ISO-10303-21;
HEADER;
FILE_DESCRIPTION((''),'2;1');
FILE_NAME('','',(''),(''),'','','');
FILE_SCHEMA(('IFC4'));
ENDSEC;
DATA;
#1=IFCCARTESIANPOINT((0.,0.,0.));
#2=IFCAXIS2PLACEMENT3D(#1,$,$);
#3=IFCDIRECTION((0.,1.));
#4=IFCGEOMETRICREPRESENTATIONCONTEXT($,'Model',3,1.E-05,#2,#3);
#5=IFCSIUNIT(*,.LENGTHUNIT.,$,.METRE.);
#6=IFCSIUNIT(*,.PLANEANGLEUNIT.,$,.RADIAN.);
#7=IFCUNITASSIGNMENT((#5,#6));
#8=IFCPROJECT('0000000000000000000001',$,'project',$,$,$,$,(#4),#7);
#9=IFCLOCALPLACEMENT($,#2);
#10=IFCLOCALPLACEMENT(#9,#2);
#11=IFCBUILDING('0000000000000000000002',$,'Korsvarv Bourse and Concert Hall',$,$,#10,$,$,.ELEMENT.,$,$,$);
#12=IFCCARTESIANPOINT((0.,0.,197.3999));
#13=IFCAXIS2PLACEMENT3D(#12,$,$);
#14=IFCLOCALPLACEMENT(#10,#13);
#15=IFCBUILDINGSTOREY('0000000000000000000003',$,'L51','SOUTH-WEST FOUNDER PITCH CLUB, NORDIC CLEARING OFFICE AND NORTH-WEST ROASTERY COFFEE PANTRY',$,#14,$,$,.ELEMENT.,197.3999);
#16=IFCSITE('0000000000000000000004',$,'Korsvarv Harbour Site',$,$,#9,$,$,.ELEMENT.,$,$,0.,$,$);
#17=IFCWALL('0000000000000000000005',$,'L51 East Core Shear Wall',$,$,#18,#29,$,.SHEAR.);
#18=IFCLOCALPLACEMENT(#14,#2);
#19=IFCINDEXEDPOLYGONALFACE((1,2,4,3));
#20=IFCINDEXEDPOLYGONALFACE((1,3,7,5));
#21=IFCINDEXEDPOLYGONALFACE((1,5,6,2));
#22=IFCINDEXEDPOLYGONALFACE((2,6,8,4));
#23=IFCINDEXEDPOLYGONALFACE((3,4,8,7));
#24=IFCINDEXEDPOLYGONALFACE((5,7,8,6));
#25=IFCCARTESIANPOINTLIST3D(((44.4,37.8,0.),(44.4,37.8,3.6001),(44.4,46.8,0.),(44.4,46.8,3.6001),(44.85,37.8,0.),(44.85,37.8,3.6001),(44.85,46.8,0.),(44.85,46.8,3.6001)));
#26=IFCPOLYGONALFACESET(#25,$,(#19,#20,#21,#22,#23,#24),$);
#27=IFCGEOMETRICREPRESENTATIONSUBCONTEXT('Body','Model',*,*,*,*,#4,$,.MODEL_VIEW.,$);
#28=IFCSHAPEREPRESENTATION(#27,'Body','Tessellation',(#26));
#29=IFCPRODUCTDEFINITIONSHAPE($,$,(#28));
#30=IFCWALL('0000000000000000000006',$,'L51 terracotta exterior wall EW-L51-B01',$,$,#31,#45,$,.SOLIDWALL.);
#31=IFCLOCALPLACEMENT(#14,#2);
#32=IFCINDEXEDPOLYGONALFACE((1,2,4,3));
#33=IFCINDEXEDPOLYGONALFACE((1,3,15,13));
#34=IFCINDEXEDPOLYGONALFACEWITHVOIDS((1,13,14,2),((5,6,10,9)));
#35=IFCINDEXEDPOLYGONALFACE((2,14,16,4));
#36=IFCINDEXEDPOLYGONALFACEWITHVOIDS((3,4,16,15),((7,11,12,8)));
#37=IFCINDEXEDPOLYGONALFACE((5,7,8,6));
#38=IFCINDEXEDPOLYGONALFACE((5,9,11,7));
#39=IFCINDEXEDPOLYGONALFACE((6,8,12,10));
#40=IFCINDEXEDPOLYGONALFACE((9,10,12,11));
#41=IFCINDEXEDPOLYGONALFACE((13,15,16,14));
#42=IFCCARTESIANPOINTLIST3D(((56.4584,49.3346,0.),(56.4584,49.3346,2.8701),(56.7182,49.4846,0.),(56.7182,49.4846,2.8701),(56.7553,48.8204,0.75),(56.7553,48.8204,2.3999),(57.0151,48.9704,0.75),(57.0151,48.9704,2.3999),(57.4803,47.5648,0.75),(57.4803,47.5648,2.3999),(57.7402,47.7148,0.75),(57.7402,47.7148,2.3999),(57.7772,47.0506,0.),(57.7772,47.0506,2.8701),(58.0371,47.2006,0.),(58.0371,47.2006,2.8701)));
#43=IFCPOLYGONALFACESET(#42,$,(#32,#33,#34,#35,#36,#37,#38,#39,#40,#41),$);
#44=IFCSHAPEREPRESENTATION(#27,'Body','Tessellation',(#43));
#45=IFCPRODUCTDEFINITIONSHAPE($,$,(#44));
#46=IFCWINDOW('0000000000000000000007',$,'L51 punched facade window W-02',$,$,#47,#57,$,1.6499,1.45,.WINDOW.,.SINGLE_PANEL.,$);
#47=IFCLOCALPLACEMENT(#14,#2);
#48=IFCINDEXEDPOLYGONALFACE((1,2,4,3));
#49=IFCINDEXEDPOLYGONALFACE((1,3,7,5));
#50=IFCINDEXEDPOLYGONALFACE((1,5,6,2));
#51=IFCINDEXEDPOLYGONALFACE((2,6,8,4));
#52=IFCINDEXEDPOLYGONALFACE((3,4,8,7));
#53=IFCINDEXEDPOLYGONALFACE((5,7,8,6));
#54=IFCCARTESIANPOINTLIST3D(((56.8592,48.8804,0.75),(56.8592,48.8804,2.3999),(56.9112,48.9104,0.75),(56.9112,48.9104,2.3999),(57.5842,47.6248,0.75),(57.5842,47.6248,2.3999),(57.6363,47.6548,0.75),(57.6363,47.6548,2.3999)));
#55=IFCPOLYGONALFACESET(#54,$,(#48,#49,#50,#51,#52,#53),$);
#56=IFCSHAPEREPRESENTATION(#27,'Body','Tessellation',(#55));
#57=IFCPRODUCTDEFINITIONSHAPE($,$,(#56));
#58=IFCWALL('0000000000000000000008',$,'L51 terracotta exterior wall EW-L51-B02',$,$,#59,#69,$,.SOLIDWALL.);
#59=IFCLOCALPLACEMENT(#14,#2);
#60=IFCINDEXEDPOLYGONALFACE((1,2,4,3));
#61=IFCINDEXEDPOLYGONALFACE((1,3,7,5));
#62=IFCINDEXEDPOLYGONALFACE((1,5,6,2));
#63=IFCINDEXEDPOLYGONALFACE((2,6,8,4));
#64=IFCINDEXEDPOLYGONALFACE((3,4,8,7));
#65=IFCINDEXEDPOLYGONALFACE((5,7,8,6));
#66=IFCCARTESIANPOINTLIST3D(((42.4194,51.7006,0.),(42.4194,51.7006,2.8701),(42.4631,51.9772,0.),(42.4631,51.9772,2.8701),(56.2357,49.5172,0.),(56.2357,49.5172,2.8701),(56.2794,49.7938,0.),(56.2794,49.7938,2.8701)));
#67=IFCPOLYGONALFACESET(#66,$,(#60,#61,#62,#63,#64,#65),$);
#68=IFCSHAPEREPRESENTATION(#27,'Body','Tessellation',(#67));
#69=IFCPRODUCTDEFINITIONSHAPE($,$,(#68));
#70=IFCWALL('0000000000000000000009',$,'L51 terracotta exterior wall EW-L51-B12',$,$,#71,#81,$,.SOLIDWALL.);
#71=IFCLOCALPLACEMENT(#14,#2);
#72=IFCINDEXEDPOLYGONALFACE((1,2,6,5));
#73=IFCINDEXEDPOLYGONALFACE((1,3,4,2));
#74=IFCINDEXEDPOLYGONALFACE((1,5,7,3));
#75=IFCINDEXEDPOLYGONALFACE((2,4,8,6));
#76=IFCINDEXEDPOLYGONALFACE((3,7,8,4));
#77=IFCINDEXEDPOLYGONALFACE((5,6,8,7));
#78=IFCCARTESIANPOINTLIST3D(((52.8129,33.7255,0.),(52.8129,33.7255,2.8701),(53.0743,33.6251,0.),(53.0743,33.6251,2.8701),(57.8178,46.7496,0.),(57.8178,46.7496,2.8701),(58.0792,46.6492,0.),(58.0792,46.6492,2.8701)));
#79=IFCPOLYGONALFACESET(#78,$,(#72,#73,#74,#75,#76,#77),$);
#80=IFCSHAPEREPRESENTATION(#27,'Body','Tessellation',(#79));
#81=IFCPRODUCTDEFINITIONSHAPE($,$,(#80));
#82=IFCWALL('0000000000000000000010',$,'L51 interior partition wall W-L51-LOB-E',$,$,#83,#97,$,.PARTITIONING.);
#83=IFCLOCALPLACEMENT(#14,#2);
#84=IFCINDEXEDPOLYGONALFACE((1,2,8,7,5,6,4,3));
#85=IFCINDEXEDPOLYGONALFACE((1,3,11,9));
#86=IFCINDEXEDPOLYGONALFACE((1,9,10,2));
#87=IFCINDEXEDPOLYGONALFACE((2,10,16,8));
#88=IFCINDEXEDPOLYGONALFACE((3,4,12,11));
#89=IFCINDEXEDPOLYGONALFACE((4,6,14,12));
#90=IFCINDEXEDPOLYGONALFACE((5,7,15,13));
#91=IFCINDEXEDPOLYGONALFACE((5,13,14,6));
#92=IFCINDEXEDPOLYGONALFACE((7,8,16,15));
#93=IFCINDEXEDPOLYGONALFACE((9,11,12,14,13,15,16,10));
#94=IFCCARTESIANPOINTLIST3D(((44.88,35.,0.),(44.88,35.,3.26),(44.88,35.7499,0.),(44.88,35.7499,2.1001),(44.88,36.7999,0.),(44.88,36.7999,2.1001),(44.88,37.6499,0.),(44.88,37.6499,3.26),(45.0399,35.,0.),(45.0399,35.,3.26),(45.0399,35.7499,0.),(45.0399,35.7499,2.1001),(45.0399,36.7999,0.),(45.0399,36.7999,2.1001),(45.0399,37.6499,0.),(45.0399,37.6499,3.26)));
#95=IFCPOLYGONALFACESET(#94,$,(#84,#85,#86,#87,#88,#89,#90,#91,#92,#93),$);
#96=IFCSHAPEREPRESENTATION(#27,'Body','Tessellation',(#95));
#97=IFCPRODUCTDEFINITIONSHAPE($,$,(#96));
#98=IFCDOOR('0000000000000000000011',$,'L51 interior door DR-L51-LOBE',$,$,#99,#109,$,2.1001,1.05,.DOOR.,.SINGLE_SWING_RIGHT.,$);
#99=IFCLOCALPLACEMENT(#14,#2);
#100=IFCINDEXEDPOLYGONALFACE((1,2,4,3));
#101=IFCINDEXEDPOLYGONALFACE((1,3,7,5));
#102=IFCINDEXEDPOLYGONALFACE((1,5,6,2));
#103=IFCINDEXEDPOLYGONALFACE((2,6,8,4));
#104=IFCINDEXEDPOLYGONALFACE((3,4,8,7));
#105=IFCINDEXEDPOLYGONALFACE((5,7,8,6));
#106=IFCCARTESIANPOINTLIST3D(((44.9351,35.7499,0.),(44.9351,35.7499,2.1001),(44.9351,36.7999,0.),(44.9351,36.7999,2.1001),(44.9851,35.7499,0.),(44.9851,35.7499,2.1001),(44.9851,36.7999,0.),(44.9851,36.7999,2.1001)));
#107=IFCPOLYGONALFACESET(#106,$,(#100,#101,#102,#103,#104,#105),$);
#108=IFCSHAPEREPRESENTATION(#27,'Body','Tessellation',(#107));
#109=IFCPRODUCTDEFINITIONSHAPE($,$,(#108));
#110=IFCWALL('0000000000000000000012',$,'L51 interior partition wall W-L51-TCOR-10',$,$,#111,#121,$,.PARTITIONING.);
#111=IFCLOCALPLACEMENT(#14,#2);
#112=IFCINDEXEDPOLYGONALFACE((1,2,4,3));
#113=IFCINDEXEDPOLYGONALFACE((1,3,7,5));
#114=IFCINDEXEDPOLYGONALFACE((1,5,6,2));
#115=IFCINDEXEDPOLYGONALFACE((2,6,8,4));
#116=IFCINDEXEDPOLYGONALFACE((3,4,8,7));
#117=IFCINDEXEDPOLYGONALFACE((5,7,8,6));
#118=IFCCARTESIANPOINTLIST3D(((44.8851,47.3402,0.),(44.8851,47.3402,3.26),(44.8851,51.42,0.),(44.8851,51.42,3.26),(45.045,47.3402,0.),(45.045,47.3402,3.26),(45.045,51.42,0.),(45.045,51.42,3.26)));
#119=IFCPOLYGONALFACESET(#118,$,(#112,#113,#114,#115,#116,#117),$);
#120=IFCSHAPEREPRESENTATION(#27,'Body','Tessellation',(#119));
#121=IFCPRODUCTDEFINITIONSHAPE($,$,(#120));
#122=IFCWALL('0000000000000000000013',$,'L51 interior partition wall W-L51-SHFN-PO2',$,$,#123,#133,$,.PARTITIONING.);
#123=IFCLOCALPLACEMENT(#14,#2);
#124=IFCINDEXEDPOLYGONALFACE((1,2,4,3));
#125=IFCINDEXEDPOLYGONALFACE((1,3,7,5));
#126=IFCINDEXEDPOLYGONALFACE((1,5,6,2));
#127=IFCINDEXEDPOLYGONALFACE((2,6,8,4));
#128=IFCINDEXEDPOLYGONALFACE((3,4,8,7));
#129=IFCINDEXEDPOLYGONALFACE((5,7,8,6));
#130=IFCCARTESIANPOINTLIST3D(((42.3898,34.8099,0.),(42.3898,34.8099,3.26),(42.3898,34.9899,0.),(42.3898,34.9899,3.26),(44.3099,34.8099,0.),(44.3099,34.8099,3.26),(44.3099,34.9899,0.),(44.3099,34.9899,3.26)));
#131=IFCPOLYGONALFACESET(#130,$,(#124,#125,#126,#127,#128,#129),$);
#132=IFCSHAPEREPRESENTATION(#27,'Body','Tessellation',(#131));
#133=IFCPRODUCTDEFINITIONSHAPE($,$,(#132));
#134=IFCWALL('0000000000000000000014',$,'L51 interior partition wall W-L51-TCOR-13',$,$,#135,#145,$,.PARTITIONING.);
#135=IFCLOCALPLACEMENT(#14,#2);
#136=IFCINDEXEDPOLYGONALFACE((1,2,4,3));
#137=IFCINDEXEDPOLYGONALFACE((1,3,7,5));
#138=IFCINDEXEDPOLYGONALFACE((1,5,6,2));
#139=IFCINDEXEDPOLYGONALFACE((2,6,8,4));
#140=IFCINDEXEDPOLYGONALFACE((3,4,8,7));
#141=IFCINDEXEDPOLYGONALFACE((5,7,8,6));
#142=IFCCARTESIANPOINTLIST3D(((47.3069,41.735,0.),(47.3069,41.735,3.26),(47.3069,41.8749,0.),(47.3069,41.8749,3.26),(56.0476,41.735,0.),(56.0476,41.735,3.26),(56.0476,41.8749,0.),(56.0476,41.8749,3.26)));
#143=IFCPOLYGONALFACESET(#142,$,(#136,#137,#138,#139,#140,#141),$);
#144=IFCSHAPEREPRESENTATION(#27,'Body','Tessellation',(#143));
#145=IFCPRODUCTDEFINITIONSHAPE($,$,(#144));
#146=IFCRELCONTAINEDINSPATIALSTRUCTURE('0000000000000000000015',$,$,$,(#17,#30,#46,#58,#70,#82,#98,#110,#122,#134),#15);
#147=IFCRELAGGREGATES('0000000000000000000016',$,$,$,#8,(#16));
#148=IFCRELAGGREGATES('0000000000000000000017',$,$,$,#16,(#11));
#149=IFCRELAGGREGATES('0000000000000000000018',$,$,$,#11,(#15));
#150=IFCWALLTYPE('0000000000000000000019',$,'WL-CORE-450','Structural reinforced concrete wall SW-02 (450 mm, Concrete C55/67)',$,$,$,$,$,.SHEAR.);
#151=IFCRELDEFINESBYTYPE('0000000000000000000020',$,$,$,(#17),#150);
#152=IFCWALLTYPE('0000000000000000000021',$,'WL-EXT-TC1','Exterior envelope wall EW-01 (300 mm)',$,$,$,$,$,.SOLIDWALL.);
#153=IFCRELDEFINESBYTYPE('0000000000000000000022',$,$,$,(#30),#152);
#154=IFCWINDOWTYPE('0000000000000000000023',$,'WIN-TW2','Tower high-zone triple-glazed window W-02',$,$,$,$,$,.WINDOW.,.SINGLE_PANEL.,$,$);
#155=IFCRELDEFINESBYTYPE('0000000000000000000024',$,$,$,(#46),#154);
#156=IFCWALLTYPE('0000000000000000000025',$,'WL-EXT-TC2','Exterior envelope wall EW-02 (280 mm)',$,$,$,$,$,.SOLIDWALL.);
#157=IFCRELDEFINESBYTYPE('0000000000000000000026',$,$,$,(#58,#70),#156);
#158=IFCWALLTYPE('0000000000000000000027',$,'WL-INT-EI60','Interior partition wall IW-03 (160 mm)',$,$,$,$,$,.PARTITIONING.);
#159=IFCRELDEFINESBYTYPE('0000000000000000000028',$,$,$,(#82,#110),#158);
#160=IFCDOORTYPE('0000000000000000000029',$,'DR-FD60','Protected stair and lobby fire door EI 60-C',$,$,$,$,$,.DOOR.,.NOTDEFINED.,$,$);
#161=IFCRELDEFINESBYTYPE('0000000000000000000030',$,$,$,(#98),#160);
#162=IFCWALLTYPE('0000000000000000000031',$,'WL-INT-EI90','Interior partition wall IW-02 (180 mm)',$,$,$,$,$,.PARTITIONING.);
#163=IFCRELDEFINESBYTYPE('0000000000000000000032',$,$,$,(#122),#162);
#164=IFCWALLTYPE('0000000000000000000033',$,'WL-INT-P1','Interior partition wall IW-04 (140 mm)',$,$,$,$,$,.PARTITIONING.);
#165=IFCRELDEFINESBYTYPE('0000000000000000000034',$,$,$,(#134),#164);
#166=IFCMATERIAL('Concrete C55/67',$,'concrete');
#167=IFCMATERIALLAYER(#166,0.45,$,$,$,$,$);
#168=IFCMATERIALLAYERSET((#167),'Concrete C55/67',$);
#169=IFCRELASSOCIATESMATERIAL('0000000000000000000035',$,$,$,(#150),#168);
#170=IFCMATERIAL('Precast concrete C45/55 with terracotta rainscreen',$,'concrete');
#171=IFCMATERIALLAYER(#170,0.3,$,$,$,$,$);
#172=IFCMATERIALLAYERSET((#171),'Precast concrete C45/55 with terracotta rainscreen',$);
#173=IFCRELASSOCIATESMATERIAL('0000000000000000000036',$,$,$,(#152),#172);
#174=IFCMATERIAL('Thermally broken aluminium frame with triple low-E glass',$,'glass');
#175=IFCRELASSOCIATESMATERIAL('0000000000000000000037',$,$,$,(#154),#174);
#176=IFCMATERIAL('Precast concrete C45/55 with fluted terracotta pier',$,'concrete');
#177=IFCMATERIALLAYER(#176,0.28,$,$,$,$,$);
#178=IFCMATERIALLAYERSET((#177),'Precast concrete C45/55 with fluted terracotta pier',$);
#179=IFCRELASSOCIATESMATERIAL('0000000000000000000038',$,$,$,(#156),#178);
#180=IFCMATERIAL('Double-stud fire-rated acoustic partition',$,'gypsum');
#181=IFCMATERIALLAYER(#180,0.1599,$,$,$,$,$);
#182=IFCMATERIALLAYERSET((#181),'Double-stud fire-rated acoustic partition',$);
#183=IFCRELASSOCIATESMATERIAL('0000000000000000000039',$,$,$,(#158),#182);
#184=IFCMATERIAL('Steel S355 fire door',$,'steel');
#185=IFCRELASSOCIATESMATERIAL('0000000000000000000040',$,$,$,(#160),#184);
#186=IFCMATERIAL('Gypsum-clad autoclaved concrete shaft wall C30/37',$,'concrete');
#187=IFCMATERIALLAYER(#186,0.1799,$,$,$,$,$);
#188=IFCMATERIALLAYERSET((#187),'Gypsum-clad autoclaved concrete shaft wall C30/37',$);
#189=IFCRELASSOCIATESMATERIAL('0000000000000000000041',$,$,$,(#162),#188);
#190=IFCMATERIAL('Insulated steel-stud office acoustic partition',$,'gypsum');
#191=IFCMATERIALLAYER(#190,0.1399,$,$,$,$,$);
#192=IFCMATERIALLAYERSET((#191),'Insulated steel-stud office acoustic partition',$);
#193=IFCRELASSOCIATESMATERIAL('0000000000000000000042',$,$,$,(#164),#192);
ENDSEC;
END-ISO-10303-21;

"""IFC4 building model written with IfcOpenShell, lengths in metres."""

from ifc_helpers import new_model, si_unit, direction, frame, frame_2d, origin, place, context, subcontext, project, spatial, rectangle, extrude, material, layer, layer_set, type_object, element, fill, save


model = new_model("IFC4")

# Units and contexts
model_context = context("Model", 3, precision=1e-05, world=origin(), true_north=direction((0.0, 1.0)))
body_context = subcontext(model_context, "Body", "Model", "MODEL_VIEW")
ifc_project = project(units=[si_unit("LENGTHUNIT", "METRE"), si_unit("PLANEANGLEUNIT", "RADIAN")], contexts=[model_context])

# Site, building, storey
site_placement = place(None, origin())
site = spatial("IfcSite", under=ifc_project, at=site_placement, Name="Korsvarv Harbour Site", CompositionType="ELEMENT", RefElevation=0.0)
building_placement = place(site_placement, origin())
building = spatial("IfcBuilding", under=site, at=building_placement, Name="Korsvarv Bourse and Concert Hall", CompositionType="ELEMENT")
storey_placement = place(building_placement, frame((0.0, 0.0, 197.3999)))
storey = spatial("IfcBuildingStorey", under=building, at=storey_placement, Name="L51", Description="SOUTH-WEST FOUNDER PITCH CLUB, NORDIC CLEARING OFFICE AND NORTH-WEST ROASTERY COFFEE PANTRY", CompositionType="ELEMENT", Elevation=197.3999)

# Shared definitions
ifc_material_1 = material(Name="Concrete C55/67", Category="concrete")

# Wall
ifc_layer_1 = layer(ifc_material_1, 0.45)
ifc_layer_set_1 = layer_set([ifc_layer_1], Name="Concrete C55/67")
wall_type_1 = type_object("IfcWallType", Name="WL-CORE-450", Description="Structural reinforced concrete wall SW-02 (450 mm, Concrete C55/67)", PredefinedType="SHEAR", material=ifc_layer_set_1)
wall_1_placement = place(storey_placement, frame((44.625, 37.8, 0.0), z_axis=(0.0, 0.0, 1.0), x_axis=(0.0, 1.0, 0.0)))
element("IfcWall", 1, at=wall_1_placement, inside=storey, type_object=wall_type_1, Name="L51 East Core Shear Wall", PredefinedType="SHEAR", context=body_context, shape_type="SweptSolid", body=[
    extrude(rectangle(XDim=9.0, YDim=0.45, at=frame_2d((4.5, 0.0))), origin(), (0.0, 0.0, 1.0), 3.6001),
])

# Wall, opening, window
ifc_material_2 = material(Name="Precast concrete C45/55 with terracotta rainscreen", Category="concrete")
ifc_layer_2 = layer(ifc_material_2, 0.3)
ifc_layer_set_2 = layer_set([ifc_layer_2], Name="Precast concrete C45/55 with terracotta rainscreen")
wall_type_2 = type_object("IfcWallType", Name="WL-EXT-TC1", Description="Exterior envelope wall EW-01 (300 mm)", PredefinedType="SOLIDWALL", material=ifc_layer_set_2)
wall_2_placement = place(storey_placement, frame((57.9072, 47.1255, 0.0), z_axis=(0.0, 0.0, 1.0), x_axis=(-0.500062, 0.86599, 0.0)))
wall_2 = element("IfcWall", 2, at=wall_2_placement, inside=storey, type_object=wall_type_2, Name="L51 terracotta exterior wall EW-L51-B01", PredefinedType="SOLIDWALL", context=body_context, shape_type="SweptSolid", body=[
    extrude(rectangle(XDim=2.6375, YDim=0.3, at=frame_2d((1.3188, 0.0))), origin(), (0.0, 0.0, 1.0), 2.8701),
])
opening_1_placement = place(wall_2_placement, frame((0.5938, 0.0, 0.75)))
opening_1 = element("IfcOpeningElement", 3, at=opening_1_placement, cuts=wall_2, PredefinedType="OPENING", context=body_context, shape_type="SweptSolid", body=[
    extrude(rectangle(XDim=1.45, YDim=1.6499, at=frame_2d((0.7251, 0.825))), frame((0.0, 0.1602, 0.0), z_axis=(0.0, -1.0, 0.0), x_axis=(1.0, 0.0, 0.0)), (0.0, 0.0, 1.0), 0.3201),
])
ifc_material_3 = material(Name="Thermally broken aluminium frame with triple low-E glass", Category="glass")
window_type = type_object("IfcWindowType", Name="WIN-TW2", Description="Tower high-zone triple-glazed window W-02", PartitioningType="SINGLE_PANEL", PredefinedType="WINDOW", material=ifc_material_3)
window_placement = place(opening_1_placement, origin())
window = element("IfcWindow", 4, at=window_placement, inside=storey, type_object=window_type, Name="L51 punched facade window W-02", OverallHeight=1.6499, OverallWidth=1.45, PartitioningType="SINGLE_PANEL", PredefinedType="WINDOW", context=body_context, shape_type="SweptSolid", body=[
    extrude(rectangle(XDim=1.45, YDim=1.6499, at=frame_2d((0.7251, 0.825))), frame((0.0, 0.03, 0.0), z_axis=(0.0, -1.0, 0.0), x_axis=(1.0, 0.0, 0.0)), (0.0, 0.0, 1.0), 0.0601),
])
fill(opening_1, window)

# Walls
ifc_material_4 = material(Name="Precast concrete C45/55 with fluted terracotta pier", Category="concrete")
ifc_layer_3 = layer(ifc_material_4, 0.28)
ifc_layer_set_3 = layer_set([ifc_layer_3], Name="Precast concrete C45/55 with fluted terracotta pier")
wall_type_3 = type_object("IfcWallType", Name="WL-EXT-TC2", Description="Exterior envelope wall EW-02 (280 mm)", PredefinedType="SOLIDWALL", material=ifc_layer_set_3)
wall_3_placement = place(storey_placement, frame((56.2576, 49.6555, 0.0), z_axis=(0.0, 0.0, 1.0), x_axis=(-0.987743, 0.156089, 0.0)))
element("IfcWall", 5, at=wall_3_placement, inside=storey, type_object=wall_type_3, Name="L51 terracotta exterior wall EW-L51-B02", PredefinedType="SOLIDWALL", context=body_context, shape_type="SweptSolid", body=[
    extrude(rectangle(XDim=13.9878, YDim=0.28, at=frame_2d((6.9939, 0.0))), origin(), (0.0, 0.0, 1.0), 2.8701),
])
wall_4_placement = place(storey_placement, frame((52.9436, 33.6753, 0.0), z_axis=(0.0, 0.0, 1.0), x_axis=(0.358704, 0.933452, 0.0)))
element("IfcWall", 6, at=wall_4_placement, inside=storey, type_object=wall_type_3, Name="L51 terracotta exterior wall EW-L51-B12", PredefinedType="SOLIDWALL", context=body_context, shape_type="SweptSolid", body=[
    extrude(rectangle(XDim=13.9526, YDim=0.28, at=frame_2d((6.9763, 0.0))), origin(), (0.0, 0.0, 1.0), 2.8701),
])

# Wall, opening, door
ifc_material_5 = material(Name="Double-stud fire-rated acoustic partition", Category="gypsum")
ifc_layer_4 = layer(ifc_material_5, 0.1599)
ifc_layer_set_4 = layer_set([ifc_layer_4], Name="Double-stud fire-rated acoustic partition")
wall_type_4 = type_object("IfcWallType", Name="WL-INT-EI60", Description="Interior partition wall IW-03 (160 mm)", PredefinedType="PARTITIONING", material=ifc_layer_set_4)
wall_5_placement = place(storey_placement, frame((44.96, 35.0, 0.0), z_axis=(0.0, 0.0, 1.0), x_axis=(0.0, 1.0, 0.0)))
wall_5 = element("IfcWall", 7, at=wall_5_placement, inside=storey, type_object=wall_type_4, Name="L51 interior partition wall W-L51-LOB-E", PredefinedType="PARTITIONING", context=body_context, shape_type="SweptSolid", body=[
    extrude(rectangle(XDim=2.6499, YDim=0.1599, at=frame_2d((1.325, 0.0))), origin(), (0.0, 0.0, 1.0), 3.26),
])
opening_2_placement = place(wall_5_placement, frame((0.75, 0.0, 0.0)))
opening_2 = element("IfcOpeningElement", 8, at=opening_2_placement, cuts=wall_5, PredefinedType="OPENING", context=body_context, shape_type="SweptSolid", body=[
    extrude(rectangle(XDim=1.05, YDim=2.1001, at=frame_2d((0.5249, 1.05))), frame((0.0, 0.0898, 0.0), z_axis=(0.0, -1.0, 0.0), x_axis=(1.0, 0.0, 0.0)), (0.0, 0.0, 1.0), 0.1799),
])
ifc_material_6 = material(Name="Steel S355 fire door", Category="steel")
door_type = type_object("IfcDoorType", Name="DR-FD60", Description="Protected stair and lobby fire door EI 60-C", OperationType="NOTDEFINED", PredefinedType="DOOR", material=ifc_material_6)
door_placement = place(opening_2_placement, origin())
door = element("IfcDoor", 9, at=door_placement, inside=storey, type_object=door_type, Name="L51 interior door DR-L51-LOBE", OperationType="SINGLE_SWING_RIGHT", OverallHeight=2.1001, OverallWidth=1.05, PredefinedType="DOOR", context=body_context, shape_type="SweptSolid", body=[
    extrude(rectangle(XDim=1.05, YDim=2.1001, at=frame_2d((0.5249, 1.05))), frame((0.0, 0.0249, 0.0), z_axis=(0.0, -1.0, 0.0), x_axis=(1.0, 0.0, 0.0)), (0.0, 0.0, 1.0), 0.05),
])
fill(opening_2, door)

# Walls
wall_6_placement = place(storey_placement, frame((44.9651, 47.3401, 0.0), z_axis=(0.0, 0.0, 1.0), x_axis=(0.0, 1.0, 0.0)))
element("IfcWall", 10, at=wall_6_placement, inside=storey, type_object=wall_type_4, Name="L51 interior partition wall W-L51-TCOR-10", PredefinedType="PARTITIONING", context=body_context, shape_type="SweptSolid", body=[
    extrude(rectangle(XDim=4.0798, YDim=0.1599, at=frame_2d((2.04, 0.0))), origin(), (0.0, 0.0, 1.0), 3.26),
])
ifc_material_7 = material(Name="Gypsum-clad autoclaved concrete shaft wall C30/37", Category="concrete")
ifc_layer_5 = layer(ifc_material_7, 0.1799)
ifc_layer_set_5 = layer_set([ifc_layer_5], Name="Gypsum-clad autoclaved concrete shaft wall C30/37")
wall_type_5 = type_object("IfcWallType", Name="WL-INT-EI90", Description="Interior partition wall IW-02 (180 mm)", PredefinedType="PARTITIONING", material=ifc_layer_set_5)
wall_7_placement = place(storey_placement, frame((42.3899, 34.8999, 0.0), z_axis=(0.0, 0.0, 1.0), x_axis=(1.0, 0.0, 0.0)))
element("IfcWall", 11, at=wall_7_placement, inside=storey, type_object=wall_type_5, Name="L51 interior partition wall W-L51-SHFN-PO2", PredefinedType="PARTITIONING", context=body_context, shape_type="SweptSolid", body=[
    extrude(rectangle(XDim=1.9202, YDim=0.1799, at=frame_2d((0.96, 0.0))), origin(), (0.0, 0.0, 1.0), 3.26),
])
ifc_material_8 = material(Name="Insulated steel-stud office acoustic partition", Category="gypsum")
ifc_layer_6 = layer(ifc_material_8, 0.1399)
ifc_layer_set_6 = layer_set([ifc_layer_6], Name="Insulated steel-stud office acoustic partition")
wall_type_6 = type_object("IfcWallType", Name="WL-INT-P1", Description="Interior partition wall IW-04 (140 mm)", PredefinedType="PARTITIONING", material=ifc_layer_set_6)
wall_8_placement = place(storey_placement, frame((47.3069, 41.8049, 0.0), z_axis=(0.0, 0.0, 1.0), x_axis=(1.0, 0.0, 0.0)))
element("IfcWall", 12, at=wall_8_placement, inside=storey, type_object=wall_type_6, Name="L51 interior partition wall W-L51-TCOR-13", PredefinedType="PARTITIONING", context=body_context, shape_type="SweptSolid", body=[
    extrude(rectangle(XDim=8.7407, YDim=0.1399, at=frame_2d((4.3704, 0.0))), origin(), (0.0, 0.0, 1.0), 3.26),
])

save(model, "model.ifc")
